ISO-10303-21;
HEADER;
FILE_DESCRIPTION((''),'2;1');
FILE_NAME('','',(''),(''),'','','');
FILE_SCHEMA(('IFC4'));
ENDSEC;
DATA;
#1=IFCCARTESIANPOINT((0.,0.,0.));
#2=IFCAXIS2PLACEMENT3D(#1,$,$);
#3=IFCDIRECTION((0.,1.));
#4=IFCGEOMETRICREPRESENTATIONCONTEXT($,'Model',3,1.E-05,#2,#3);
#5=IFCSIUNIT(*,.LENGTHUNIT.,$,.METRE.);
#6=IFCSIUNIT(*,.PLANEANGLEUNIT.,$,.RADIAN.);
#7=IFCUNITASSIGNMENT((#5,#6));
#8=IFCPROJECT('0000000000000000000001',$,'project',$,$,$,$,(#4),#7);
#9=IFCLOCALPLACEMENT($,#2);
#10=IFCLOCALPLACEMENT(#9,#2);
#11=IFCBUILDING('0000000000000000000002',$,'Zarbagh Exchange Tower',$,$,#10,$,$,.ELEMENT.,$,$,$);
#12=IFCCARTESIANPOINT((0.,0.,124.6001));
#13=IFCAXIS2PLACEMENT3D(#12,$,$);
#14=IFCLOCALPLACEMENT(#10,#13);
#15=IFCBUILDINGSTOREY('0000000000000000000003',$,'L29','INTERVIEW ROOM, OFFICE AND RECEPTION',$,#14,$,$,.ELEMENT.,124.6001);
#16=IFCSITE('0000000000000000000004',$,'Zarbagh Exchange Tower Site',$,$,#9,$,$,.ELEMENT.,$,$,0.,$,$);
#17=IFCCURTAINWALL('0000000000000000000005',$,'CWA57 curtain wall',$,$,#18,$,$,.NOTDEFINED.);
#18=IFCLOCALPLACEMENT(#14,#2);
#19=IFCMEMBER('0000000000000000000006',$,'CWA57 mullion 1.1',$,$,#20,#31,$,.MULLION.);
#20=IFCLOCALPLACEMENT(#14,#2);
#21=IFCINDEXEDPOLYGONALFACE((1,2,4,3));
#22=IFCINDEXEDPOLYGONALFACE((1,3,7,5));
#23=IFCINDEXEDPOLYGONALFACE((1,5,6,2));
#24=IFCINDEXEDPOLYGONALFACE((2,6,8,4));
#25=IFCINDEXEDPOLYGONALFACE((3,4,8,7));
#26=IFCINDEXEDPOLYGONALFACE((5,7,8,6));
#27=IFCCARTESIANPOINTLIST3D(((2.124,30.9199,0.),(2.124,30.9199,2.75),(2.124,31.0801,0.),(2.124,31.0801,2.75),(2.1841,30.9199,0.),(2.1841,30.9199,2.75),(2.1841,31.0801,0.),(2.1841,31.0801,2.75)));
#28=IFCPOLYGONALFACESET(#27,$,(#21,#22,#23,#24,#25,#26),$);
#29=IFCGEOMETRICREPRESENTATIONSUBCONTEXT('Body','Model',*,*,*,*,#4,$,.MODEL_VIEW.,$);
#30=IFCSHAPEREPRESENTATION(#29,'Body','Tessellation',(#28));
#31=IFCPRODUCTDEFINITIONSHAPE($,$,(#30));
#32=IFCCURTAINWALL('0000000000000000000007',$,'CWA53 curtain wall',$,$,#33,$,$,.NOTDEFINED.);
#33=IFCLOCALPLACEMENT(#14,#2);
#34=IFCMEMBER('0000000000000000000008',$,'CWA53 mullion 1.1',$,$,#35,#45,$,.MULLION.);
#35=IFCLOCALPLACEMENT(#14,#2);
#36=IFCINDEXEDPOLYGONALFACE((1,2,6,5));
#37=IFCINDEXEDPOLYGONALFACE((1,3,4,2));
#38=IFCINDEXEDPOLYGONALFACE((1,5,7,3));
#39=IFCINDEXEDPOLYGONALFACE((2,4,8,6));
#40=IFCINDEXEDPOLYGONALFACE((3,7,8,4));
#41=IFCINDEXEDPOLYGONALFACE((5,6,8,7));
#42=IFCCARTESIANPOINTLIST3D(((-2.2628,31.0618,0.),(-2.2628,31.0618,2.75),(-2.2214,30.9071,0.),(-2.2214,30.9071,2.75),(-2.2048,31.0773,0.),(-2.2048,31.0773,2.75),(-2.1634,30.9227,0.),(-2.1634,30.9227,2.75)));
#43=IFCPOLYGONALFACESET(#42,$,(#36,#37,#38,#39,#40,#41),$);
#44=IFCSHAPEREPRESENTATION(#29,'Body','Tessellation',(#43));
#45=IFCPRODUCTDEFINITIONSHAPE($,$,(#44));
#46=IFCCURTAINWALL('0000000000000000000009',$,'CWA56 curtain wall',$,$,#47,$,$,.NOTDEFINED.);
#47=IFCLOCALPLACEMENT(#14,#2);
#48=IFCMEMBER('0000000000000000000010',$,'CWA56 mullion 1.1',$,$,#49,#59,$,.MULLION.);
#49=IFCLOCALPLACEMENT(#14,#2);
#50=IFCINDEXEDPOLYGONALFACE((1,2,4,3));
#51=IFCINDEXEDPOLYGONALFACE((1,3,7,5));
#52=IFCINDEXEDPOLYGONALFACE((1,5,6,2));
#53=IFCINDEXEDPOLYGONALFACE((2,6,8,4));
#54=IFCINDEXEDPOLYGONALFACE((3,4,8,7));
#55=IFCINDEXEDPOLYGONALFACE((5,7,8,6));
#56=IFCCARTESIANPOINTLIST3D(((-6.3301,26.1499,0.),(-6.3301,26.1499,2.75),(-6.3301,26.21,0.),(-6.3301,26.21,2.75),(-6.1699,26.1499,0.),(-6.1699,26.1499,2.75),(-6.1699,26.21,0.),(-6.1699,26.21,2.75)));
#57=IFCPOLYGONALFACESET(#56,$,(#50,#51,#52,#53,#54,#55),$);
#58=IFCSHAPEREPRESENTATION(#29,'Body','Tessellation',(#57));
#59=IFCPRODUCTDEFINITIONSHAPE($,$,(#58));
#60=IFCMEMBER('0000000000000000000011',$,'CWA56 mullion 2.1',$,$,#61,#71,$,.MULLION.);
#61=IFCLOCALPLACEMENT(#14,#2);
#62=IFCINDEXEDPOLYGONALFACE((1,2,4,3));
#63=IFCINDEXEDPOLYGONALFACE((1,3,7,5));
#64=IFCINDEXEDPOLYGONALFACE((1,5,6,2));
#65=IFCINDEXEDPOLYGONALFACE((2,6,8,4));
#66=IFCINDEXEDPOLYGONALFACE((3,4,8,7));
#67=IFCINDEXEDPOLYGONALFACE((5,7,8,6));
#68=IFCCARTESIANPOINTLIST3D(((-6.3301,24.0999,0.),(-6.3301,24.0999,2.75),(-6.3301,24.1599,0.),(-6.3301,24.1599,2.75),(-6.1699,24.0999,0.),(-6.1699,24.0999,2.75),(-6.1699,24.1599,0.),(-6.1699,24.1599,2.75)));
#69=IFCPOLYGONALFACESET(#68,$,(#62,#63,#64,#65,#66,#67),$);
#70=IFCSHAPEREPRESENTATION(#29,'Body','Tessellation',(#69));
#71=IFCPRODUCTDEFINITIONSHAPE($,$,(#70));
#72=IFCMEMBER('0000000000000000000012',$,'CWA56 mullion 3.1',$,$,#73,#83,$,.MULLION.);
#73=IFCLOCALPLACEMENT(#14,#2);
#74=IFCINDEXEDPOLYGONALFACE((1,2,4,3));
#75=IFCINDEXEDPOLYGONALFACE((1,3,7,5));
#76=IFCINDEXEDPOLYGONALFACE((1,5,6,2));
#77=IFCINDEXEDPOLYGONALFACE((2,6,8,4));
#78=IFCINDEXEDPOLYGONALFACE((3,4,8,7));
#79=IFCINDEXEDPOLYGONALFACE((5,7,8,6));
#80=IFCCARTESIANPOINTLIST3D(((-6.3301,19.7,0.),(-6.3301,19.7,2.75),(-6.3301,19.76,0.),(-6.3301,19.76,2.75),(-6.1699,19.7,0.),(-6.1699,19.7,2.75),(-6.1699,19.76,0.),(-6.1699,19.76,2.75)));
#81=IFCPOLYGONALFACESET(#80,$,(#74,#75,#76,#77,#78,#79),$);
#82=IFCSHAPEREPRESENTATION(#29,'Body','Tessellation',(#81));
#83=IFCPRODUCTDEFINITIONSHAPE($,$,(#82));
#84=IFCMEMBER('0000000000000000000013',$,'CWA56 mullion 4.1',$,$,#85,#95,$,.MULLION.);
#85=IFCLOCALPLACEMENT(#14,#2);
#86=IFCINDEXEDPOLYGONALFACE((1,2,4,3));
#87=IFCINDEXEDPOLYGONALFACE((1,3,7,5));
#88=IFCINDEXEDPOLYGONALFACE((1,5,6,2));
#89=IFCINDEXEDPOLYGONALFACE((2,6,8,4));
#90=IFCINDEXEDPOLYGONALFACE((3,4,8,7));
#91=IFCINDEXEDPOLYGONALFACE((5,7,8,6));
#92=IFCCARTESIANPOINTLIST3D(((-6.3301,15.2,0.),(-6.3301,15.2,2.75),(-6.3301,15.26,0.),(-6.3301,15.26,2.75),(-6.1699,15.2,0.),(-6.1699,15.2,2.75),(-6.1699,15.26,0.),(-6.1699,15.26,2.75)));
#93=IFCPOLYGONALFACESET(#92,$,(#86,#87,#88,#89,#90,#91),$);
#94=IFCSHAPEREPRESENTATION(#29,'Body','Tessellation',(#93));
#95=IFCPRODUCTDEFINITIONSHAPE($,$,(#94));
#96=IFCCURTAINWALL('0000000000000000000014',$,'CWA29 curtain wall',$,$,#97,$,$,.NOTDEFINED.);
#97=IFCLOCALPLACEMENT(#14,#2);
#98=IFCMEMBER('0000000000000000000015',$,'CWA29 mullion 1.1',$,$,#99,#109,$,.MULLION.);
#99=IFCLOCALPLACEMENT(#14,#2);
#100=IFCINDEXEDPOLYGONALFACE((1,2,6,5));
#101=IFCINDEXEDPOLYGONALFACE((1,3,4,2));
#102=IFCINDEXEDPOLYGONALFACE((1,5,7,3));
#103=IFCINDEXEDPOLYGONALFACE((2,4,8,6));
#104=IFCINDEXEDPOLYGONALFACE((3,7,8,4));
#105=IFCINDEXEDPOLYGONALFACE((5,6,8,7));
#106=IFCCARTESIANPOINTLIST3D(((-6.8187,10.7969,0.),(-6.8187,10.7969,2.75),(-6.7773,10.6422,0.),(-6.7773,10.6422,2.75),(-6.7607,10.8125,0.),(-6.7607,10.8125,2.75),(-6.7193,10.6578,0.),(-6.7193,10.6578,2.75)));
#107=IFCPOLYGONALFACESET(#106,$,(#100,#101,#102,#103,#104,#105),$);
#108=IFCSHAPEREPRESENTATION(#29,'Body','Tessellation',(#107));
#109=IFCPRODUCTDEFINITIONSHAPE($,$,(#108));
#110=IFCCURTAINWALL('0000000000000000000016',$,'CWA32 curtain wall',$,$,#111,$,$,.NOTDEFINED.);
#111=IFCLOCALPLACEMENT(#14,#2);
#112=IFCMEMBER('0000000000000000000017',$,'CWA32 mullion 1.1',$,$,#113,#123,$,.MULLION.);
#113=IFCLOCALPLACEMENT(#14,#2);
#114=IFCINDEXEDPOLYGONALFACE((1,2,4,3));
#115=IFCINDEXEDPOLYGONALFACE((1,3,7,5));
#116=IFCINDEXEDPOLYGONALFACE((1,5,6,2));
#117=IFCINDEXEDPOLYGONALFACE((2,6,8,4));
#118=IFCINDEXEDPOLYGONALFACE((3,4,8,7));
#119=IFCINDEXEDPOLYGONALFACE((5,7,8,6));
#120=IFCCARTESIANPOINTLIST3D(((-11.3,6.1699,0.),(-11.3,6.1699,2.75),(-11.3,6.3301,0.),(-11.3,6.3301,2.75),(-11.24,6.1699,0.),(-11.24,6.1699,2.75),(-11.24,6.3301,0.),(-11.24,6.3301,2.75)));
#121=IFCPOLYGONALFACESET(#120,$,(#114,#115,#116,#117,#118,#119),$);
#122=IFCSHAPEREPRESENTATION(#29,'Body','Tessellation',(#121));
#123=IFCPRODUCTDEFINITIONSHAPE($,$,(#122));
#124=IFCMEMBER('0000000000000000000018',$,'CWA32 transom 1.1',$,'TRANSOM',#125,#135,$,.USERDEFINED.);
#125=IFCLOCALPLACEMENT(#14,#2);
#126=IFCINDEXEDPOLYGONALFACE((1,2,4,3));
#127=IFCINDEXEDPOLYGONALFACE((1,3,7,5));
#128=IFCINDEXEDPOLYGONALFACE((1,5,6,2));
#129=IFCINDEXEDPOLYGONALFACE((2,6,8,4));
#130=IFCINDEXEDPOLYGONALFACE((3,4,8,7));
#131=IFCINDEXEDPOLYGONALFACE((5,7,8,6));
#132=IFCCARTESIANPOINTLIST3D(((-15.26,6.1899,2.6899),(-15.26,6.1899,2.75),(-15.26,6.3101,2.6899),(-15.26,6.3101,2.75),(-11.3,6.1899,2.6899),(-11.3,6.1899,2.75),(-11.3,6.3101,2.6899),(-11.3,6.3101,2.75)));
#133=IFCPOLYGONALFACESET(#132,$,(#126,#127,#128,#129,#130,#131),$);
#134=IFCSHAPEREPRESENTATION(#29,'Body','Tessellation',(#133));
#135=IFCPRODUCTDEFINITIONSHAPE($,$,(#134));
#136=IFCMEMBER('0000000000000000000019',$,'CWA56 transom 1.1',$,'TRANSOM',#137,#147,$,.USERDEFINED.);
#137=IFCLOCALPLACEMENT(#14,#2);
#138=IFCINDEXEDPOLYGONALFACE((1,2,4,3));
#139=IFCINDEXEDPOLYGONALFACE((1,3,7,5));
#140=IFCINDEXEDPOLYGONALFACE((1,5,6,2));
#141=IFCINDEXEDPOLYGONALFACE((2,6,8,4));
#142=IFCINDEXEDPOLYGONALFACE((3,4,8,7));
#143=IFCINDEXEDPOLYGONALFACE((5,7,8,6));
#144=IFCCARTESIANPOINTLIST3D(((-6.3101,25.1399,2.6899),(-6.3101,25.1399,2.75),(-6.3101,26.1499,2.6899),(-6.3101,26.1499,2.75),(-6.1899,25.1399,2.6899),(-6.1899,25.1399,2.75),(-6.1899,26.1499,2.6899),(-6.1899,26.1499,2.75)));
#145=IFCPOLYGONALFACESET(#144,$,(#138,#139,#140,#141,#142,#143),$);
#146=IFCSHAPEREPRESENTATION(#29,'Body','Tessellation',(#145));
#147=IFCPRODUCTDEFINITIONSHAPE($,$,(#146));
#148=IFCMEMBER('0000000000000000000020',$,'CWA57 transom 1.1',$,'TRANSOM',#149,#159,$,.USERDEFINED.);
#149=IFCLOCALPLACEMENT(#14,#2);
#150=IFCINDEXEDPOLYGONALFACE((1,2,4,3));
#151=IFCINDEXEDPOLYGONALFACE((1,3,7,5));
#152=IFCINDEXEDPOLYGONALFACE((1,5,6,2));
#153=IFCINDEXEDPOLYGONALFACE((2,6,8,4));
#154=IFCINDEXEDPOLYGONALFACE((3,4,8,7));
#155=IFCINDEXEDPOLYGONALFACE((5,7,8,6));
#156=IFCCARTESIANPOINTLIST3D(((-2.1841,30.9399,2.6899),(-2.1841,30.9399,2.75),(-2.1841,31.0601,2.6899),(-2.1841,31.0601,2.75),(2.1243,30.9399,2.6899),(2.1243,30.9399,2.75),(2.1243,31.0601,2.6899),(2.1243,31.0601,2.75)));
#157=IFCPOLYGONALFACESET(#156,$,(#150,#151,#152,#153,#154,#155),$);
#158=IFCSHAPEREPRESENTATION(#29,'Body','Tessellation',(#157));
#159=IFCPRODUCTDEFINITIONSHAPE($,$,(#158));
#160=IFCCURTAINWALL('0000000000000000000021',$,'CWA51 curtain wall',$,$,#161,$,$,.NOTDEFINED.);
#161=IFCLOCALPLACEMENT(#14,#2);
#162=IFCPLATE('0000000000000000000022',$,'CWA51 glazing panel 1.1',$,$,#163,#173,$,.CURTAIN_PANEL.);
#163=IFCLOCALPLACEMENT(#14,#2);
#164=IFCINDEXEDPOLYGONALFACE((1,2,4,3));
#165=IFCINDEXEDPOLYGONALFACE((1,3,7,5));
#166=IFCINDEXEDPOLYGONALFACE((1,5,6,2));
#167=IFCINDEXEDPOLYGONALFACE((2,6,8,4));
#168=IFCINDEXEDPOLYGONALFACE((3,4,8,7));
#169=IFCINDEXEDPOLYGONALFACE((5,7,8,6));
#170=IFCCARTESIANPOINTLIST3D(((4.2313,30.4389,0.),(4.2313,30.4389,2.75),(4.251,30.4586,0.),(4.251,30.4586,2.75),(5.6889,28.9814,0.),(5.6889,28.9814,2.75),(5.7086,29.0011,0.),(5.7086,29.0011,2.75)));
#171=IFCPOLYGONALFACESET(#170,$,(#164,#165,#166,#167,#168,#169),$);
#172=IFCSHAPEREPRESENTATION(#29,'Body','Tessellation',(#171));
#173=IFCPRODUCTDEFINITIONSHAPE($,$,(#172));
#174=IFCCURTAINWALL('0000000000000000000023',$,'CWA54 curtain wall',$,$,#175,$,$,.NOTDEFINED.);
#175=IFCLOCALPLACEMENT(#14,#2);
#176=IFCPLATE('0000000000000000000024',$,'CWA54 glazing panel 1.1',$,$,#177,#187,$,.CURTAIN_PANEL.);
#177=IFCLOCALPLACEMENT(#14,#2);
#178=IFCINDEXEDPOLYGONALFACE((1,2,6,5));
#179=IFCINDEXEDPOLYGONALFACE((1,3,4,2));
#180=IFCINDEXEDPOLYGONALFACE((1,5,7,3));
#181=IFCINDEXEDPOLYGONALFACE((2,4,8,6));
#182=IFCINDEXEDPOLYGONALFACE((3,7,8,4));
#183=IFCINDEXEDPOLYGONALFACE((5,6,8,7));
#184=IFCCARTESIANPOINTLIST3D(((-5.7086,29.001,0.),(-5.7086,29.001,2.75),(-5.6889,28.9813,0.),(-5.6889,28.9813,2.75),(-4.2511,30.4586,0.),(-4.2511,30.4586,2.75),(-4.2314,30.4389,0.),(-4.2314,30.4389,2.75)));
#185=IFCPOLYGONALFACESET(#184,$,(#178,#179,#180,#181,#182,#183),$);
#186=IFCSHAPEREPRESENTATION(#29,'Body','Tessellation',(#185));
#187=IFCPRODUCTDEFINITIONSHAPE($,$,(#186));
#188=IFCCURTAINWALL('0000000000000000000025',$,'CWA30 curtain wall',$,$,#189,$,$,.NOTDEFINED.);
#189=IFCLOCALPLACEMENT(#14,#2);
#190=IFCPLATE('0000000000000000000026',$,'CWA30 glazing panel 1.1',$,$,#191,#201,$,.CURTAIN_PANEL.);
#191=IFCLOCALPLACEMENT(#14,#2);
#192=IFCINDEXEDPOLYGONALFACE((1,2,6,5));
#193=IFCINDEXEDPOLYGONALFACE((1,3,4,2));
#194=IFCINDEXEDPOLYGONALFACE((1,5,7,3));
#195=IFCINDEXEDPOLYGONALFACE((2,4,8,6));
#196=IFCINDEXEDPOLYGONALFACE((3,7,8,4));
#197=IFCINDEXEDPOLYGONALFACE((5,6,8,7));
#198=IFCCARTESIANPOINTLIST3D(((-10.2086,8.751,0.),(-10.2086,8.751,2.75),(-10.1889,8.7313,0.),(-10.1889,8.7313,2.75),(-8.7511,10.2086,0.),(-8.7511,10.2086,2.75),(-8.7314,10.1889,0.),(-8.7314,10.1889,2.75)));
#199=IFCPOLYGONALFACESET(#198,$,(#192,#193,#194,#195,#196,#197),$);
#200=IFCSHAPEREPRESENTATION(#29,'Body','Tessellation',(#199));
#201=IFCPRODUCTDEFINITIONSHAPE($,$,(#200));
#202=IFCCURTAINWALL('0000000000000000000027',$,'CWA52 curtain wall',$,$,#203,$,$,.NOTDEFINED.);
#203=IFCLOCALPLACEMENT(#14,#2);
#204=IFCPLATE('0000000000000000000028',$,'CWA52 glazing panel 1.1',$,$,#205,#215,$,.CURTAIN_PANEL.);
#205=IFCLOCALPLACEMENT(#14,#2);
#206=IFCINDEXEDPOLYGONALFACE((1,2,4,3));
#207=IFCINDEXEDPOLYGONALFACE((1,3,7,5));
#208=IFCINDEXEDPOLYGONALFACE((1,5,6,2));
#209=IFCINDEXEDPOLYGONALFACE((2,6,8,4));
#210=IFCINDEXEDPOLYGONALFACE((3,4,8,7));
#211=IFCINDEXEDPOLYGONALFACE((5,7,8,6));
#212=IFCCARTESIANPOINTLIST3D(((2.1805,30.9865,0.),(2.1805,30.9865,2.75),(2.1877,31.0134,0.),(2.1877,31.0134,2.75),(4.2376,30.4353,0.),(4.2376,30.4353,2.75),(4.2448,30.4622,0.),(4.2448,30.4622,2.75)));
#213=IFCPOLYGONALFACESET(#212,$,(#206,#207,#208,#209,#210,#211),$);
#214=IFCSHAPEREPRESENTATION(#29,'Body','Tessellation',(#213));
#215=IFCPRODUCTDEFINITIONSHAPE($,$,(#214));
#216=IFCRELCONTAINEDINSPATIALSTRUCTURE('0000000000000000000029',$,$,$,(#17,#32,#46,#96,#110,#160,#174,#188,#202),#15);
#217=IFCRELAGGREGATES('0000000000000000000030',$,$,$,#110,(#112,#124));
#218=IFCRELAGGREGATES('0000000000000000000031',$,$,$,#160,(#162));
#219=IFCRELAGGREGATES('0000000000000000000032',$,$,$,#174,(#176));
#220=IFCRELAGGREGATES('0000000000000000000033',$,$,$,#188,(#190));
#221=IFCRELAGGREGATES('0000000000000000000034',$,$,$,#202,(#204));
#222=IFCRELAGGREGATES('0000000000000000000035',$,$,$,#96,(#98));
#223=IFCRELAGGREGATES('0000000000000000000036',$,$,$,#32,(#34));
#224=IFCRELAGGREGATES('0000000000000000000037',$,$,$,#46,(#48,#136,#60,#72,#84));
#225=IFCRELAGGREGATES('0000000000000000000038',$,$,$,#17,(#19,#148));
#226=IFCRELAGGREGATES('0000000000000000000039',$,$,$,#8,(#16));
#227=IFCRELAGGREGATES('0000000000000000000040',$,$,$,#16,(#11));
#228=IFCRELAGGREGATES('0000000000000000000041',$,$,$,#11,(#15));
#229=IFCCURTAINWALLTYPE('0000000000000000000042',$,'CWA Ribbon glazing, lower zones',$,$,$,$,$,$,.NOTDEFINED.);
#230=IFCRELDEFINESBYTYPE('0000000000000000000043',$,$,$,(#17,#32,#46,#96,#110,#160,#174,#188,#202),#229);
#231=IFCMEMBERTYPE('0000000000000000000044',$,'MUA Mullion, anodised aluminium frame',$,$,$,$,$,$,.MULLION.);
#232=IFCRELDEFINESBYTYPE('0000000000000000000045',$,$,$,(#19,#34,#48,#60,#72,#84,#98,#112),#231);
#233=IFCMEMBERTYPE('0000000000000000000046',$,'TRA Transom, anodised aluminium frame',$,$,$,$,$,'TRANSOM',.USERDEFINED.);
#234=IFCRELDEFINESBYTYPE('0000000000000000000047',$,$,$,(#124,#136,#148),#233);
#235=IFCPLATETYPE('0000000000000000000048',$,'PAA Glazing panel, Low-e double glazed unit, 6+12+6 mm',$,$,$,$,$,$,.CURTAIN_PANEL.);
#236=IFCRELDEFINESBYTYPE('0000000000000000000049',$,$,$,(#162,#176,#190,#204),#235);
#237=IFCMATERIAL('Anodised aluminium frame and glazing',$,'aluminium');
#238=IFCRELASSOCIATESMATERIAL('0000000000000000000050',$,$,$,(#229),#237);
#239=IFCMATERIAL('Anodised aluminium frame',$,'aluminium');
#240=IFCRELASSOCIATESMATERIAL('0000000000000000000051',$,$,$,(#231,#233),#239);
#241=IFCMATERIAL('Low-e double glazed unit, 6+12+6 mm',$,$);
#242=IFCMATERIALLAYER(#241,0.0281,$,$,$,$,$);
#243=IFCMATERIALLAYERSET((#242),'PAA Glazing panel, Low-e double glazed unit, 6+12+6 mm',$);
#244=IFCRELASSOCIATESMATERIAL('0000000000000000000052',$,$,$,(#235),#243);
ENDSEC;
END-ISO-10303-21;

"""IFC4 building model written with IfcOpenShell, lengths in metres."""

from ifc_helpers import new_model, si_unit, direction, frame, origin, place, context, subcontext, project, spatial, polyline, outline, extrude, source, transform, mapped, material, layer, layer_set, type_object, element, aggregate, save


model = new_model("IFC4")

# Units and contexts
model_context = context("Model", 3, precision=1e-05, world=origin(), true_north=direction((0.0, 1.0)))
body_context = subcontext(model_context, "Body", "Model", "MODEL_VIEW")
ifc_project = project(units=[si_unit("LENGTHUNIT", "METRE"), si_unit("PLANEANGLEUNIT", "RADIAN")], contexts=[model_context])

# Site, building, storey
site_placement = place(None, origin())
site = spatial("IfcSite", under=ifc_project, at=site_placement, Name="Zarbagh Exchange Tower Site", CompositionType="ELEMENT", RefElevation=0.0)
building_placement = place(site_placement, origin())
building = spatial("IfcBuilding", under=site, at=building_placement, Name="Zarbagh Exchange Tower", CompositionType="ELEMENT")
storey_placement = place(building_placement, frame((0.0, 0.0, 124.6001)))
storey = spatial("IfcBuildingStorey", under=building, at=storey_placement, Name="L29", Description="INTERVIEW ROOM, OFFICE AND RECEPTION", CompositionType="ELEMENT", Elevation=124.6001)

# Curtain walls, members
ifc_material_1 = material(Name="Anodised aluminium frame and glazing", Category="aluminium")
curtain_wall_type = type_object("IfcCurtainWallType", Name="CWA Ribbon glazing, lower zones", PredefinedType="NOTDEFINED", material=ifc_material_1)
curtain_wall_1_placement = place(storey_placement, origin())
curtain_wall_1 = element("IfcCurtainWall", 1, at=curtain_wall_1_placement, inside=storey, type_object=curtain_wall_type, Name="CWA57 curtain wall", PredefinedType="NOTDEFINED")
ifc_material_2 = material(Name="Anodised aluminium frame", Category="aluminium")
member_type_1 = type_object("IfcMemberType", Name="MUA Mullion, anodised aluminium frame", PredefinedType="MULLION", material=ifc_material_2)
shared_shape_1 = source(origin(), body_context, "Body", "SweptSolid", [
    extrude(outline(polyline([(0.0, -0.0801), (0.0601, -0.0801), (0.0601, 0.0801), (0.0, 0.0801), (0.0, -0.0801)])), origin(), (0.0, 0.0, 1.0), 2.75),
])
placement = place(storey_placement, origin())
member_1 = element("IfcMember", 2, at=placement, type_object=member_type_1, Name="CWA57 mullion 1.1", PredefinedType="MULLION", context=body_context, shape_type="MappedRepresentation", body=[
    mapped(shared_shape_1, transform((2.1841, 31.0, 0.0), x_axis=(-1.0, 0.0, 0.0), y_axis=(0.0, -1.0, 0.0), z_axis=(0.0, 0.0, 1.0))),
])
curtain_wall_2_placement = place(storey_placement, origin())
curtain_wall_2 = element("IfcCurtainWall", 3, at=curtain_wall_2_placement, inside=storey, type_object=curtain_wall_type, Name="CWA53 curtain wall", PredefinedType="NOTDEFINED")
member_2 = element("IfcMember", 4, at=placement, type_object=member_type_1, Name="CWA53 mullion 1.1", PredefinedType="MULLION", context=body_context, shape_type="MappedRepresentation", body=[
    mapped(shared_shape_1, transform((-2.1841, 31.0, 0.0), x_axis=(-0.965924, -0.258825, 0.0), y_axis=(0.258825, -0.965924, 0.0), z_axis=(0.0, 0.0, 1.0))),
])

# Curtain wall, members
curtain_wall_3_placement = place(storey_placement, origin())
curtain_wall_3 = element("IfcCurtainWall", 5, at=curtain_wall_3_placement, inside=storey, type_object=curtain_wall_type, Name="CWA56 curtain wall", PredefinedType="NOTDEFINED")
member_3 = element("IfcMember", 6, at=placement, type_object=member_type_1, Name="CWA56 mullion 1.1", PredefinedType="MULLION", context=body_context, shape_type="MappedRepresentation", body=[
    mapped(shared_shape_1, transform((-6.25, 26.21, 0.0), x_axis=(0.0, -1.0, 0.0), y_axis=(1.0, 0.0, 0.0), z_axis=(0.0, 0.0, 1.0))),
])
member_4 = element("IfcMember", 7, at=placement, type_object=member_type_1, Name="CWA56 mullion 2.1", PredefinedType="MULLION", context=body_context, shape_type="MappedRepresentation", body=[
    mapped(shared_shape_1, transform((-6.25, 24.1599, 0.0), x_axis=(0.0, -1.0, 0.0), y_axis=(1.0, 0.0, 0.0), z_axis=(0.0, 0.0, 1.0))),
])
member_5 = element("IfcMember", 8, at=placement, type_object=member_type_1, Name="CWA56 mullion 3.1", PredefinedType="MULLION", context=body_context, shape_type="MappedRepresentation", body=[
    mapped(shared_shape_1, transform((-6.25, 19.76, 0.0), x_axis=(0.0, -1.0, 0.0), y_axis=(1.0, 0.0, 0.0), z_axis=(0.0, 0.0, 1.0))),
])
member_6 = element("IfcMember", 9, at=placement, type_object=member_type_1, Name="CWA56 mullion 4.1", PredefinedType="MULLION", context=body_context, shape_type="MappedRepresentation", body=[
    mapped(shared_shape_1, transform((-6.25, 15.26, 0.0), x_axis=(0.0, -1.0, 0.0), y_axis=(1.0, 0.0, 0.0), z_axis=(0.0, 0.0, 1.0))),
])

# Curtain wall, member
curtain_wall_4_placement = place(storey_placement, origin())
curtain_wall_4 = element("IfcCurtainWall", 10, at=curtain_wall_4_placement, inside=storey, type_object=curtain_wall_type, Name="CWA29 curtain wall", PredefinedType="NOTDEFINED")
member_7 = element("IfcMember", 11, at=placement, type_object=member_type_1, Name="CWA29 mullion 1.1", PredefinedType="MULLION", context=body_context, shape_type="MappedRepresentation", body=[
    mapped(shared_shape_1, transform((-6.74, 10.7351, 0.0), x_axis=(-0.965924, -0.258825, 0.0), y_axis=(0.258825, -0.965924, 0.0), z_axis=(0.0, 0.0, 1.0))),
])

# Curtain wall, members
curtain_wall_5_placement = place(storey_placement, origin())
curtain_wall_5 = element("IfcCurtainWall", 12, at=curtain_wall_5_placement, inside=storey, type_object=curtain_wall_type, Name="CWA32 curtain wall", PredefinedType="NOTDEFINED")
member_8 = element("IfcMember", 13, at=placement, type_object=member_type_1, Name="CWA32 mullion 1.1", PredefinedType="MULLION", context=body_context, shape_type="MappedRepresentation", body=[
    mapped(shared_shape_1, transform((-11.24, 6.25, 0.0), x_axis=(-1.0, 0.0, 0.0), y_axis=(0.0, -1.0, 0.0), z_axis=(0.0, 0.0, 1.0))),
])
member_type_2 = type_object("IfcMemberType", Name="TRA Transom, anodised aluminium frame", ElementType="TRANSOM", PredefinedType="USERDEFINED", material=ifc_material_2)
shared_shape_2 = source(origin(), body_context, "Body", "SweptSolid", [
    extrude(outline(polyline([(-0.0601, -0.0601), (0.0, -0.0601), (0.0, 0.0601), (-0.0601, 0.0601), (-0.0601, -0.0601)])), origin(), (0.0, 0.0, 1.0), 3.96),
])
member_9 = element("IfcMember", 14, at=placement, type_object=member_type_2, Name="CWA32 transom 1.1", ObjectType="TRANSOM", PredefinedType="USERDEFINED", context=body_context, shape_type="MappedRepresentation", body=[
    mapped(shared_shape_2, transform((-11.3, 6.25, 2.75), x_axis=(0.0, 0.0, 1.0), y_axis=(0.0, 1.0, 0.0), z_axis=(-1.0, 0.0, 0.0))),
])
aggregate(curtain_wall_5, [member_8, member_9])

# Members
shared_shape_3 = source(origin(), body_context, "Body", "SweptSolid", [
    extrude(outline(polyline([(-0.0601, -0.0601), (0.0, -0.0601), (0.0, 0.0601), (-0.0601, 0.0601), (-0.0601, -0.0601)])), origin(), (0.0, 0.0, 1.0), 1.01),
])
member_10 = element("IfcMember", 15, at=placement, type_object=member_type_2, Name="CWA56 transom 1.1", ObjectType="TRANSOM", PredefinedType="USERDEFINED", context=body_context, shape_type="MappedRepresentation", body=[
    mapped(shared_shape_3, transform((-6.25, 26.1499, 2.75), x_axis=(0.0, 0.0, 1.0), y_axis=(-1.0, 0.0, 0.0), z_axis=(0.0, -1.0, 0.0))),
])
shared_shape_4 = source(origin(), body_context, "Body", "SweptSolid", [
    extrude(outline(polyline([(-0.0601, -0.0601), (0.0, -0.0601), (0.0, 0.0601), (-0.0601, 0.0601), (-0.0601, -0.0601)])), origin(), (0.0, 0.0, 1.0), 4.3083),
])
member_11 = element("IfcMember", 16, at=placement, type_object=member_type_2, Name="CWA57 transom 1.1", ObjectType="TRANSOM", PredefinedType="USERDEFINED", context=body_context, shape_type="MappedRepresentation", body=[
    mapped(shared_shape_4, transform((2.1243, 31.0, 2.75), x_axis=(0.0, 0.0, 1.0), y_axis=(0.0, 1.0, 0.0), z_axis=(-1.0, 0.0, 0.0))),
])

# Curtain walls, plates
curtain_wall_6_placement = place(storey_placement, origin())
curtain_wall_6 = element("IfcCurtainWall", 17, at=curtain_wall_6_placement, inside=storey, type_object=curtain_wall_type, Name="CWA51 curtain wall", PredefinedType="NOTDEFINED")
ifc_material_3 = material(Name="Low-e double glazed unit, 6+12+6 mm")
ifc_layer = layer(ifc_material_3, 0.0281)
ifc_layer_set = layer_set([ifc_layer], Name="PAA Glazing panel, Low-e double glazed unit, 6+12+6 mm")
plate_type = type_object("IfcPlateType", Name="PAA Glazing panel, Low-e double glazed unit, 6+12+6 mm", PredefinedType="CURTAIN_PANEL", material=ifc_layer_set)
shared_shape_5 = source(origin(), body_context, "Body", "SweptSolid", [
    extrude(outline(polyline([(0.0, -0.0139), (2.0613, -0.0139), (2.0613, 0.0139), (0.0, 0.0139), (0.0, -0.0139)])), origin(), (0.0, 0.0, 1.0), 2.75),
])
plate_1 = element("IfcPlate", 18, at=placement, type_object=plate_type, Name="CWA51 glazing panel 1.1", PredefinedType="CURTAIN_PANEL", context=body_context, shape_type="MappedRepresentation", body=[
    mapped(shared_shape_5, transform((5.6987, 28.9912, 0.0), x_axis=(-0.707107, 0.707107, 0.0), y_axis=(-0.707107, -0.707107, 0.0), z_axis=(0.0, 0.0, 1.0))),
])
aggregate(curtain_wall_6, [plate_1])
curtain_wall_7_placement = place(storey_placement, origin())
curtain_wall_7 = element("IfcCurtainWall", 19, at=curtain_wall_7_placement, inside=storey, type_object=curtain_wall_type, Name="CWA54 curtain wall", PredefinedType="NOTDEFINED")
plate_2 = element("IfcPlate", 20, at=placement, type_object=plate_type, Name="CWA54 glazing panel 1.1", PredefinedType="CURTAIN_PANEL", context=body_context, shape_type="MappedRepresentation", body=[
    mapped(shared_shape_5, transform((-4.2412, 30.4487, 0.0), x_axis=(-0.707107, -0.707107, 0.0), y_axis=(0.707107, -0.707107, 0.0), z_axis=(0.0, 0.0, 1.0))),
])
aggregate(curtain_wall_7, [plate_2])
curtain_wall_8_placement = place(storey_placement, origin())
curtain_wall_8 = element("IfcCurtainWall", 21, at=curtain_wall_8_placement, inside=storey, type_object=curtain_wall_type, Name="CWA30 curtain wall", PredefinedType="NOTDEFINED")
plate_3 = element("IfcPlate", 22, at=placement, type_object=plate_type, Name="CWA30 glazing panel 1.1", PredefinedType="CURTAIN_PANEL", context=body_context, shape_type="MappedRepresentation", body=[
    mapped(shared_shape_5, transform((-8.7412, 10.1987, 0.0), x_axis=(-0.707107, -0.707107, 0.0), y_axis=(0.707107, -0.707107, 0.0), z_axis=(0.0, 0.0, 1.0))),
])
aggregate(curtain_wall_8, [plate_3])
curtain_wall_9_placement = place(storey_placement, origin())
curtain_wall_9 = element("IfcCurtainWall", 23, at=curtain_wall_9_placement, inside=storey, type_object=curtain_wall_type, Name="CWA52 curtain wall", PredefinedType="NOTDEFINED")
shared_shape_6 = source(origin(), body_context, "Body", "SweptSolid", [
    extrude(outline(polyline([(0.0, -0.0139), (2.1296, -0.0139), (2.1296, 0.0139), (0.0, 0.0139), (0.0, -0.0139)])), origin(), (0.0, 0.0, 1.0), 2.75),
])
plate_4 = element("IfcPlate", 24, at=placement, type_object=plate_type, Name="CWA52 glazing panel 1.1", PredefinedType="CURTAIN_PANEL", context=body_context, shape_type="MappedRepresentation", body=[
    mapped(shared_shape_6, transform((4.2412, 30.4487, 0.0), x_axis=(-0.965924, 0.258825, 0.0), y_axis=(-0.258825, -0.965924, 0.0), z_axis=(0.0, 0.0, 1.0))),
])
aggregate(curtain_wall_9, [plate_4])

aggregate(curtain_wall_4, [member_7])

aggregate(curtain_wall_2, [member_2])

aggregate(curtain_wall_3, [member_3, member_10, member_4, member_5, member_6])
aggregate(curtain_wall_1, [member_1, member_11])

save(model, "model.ifc")
